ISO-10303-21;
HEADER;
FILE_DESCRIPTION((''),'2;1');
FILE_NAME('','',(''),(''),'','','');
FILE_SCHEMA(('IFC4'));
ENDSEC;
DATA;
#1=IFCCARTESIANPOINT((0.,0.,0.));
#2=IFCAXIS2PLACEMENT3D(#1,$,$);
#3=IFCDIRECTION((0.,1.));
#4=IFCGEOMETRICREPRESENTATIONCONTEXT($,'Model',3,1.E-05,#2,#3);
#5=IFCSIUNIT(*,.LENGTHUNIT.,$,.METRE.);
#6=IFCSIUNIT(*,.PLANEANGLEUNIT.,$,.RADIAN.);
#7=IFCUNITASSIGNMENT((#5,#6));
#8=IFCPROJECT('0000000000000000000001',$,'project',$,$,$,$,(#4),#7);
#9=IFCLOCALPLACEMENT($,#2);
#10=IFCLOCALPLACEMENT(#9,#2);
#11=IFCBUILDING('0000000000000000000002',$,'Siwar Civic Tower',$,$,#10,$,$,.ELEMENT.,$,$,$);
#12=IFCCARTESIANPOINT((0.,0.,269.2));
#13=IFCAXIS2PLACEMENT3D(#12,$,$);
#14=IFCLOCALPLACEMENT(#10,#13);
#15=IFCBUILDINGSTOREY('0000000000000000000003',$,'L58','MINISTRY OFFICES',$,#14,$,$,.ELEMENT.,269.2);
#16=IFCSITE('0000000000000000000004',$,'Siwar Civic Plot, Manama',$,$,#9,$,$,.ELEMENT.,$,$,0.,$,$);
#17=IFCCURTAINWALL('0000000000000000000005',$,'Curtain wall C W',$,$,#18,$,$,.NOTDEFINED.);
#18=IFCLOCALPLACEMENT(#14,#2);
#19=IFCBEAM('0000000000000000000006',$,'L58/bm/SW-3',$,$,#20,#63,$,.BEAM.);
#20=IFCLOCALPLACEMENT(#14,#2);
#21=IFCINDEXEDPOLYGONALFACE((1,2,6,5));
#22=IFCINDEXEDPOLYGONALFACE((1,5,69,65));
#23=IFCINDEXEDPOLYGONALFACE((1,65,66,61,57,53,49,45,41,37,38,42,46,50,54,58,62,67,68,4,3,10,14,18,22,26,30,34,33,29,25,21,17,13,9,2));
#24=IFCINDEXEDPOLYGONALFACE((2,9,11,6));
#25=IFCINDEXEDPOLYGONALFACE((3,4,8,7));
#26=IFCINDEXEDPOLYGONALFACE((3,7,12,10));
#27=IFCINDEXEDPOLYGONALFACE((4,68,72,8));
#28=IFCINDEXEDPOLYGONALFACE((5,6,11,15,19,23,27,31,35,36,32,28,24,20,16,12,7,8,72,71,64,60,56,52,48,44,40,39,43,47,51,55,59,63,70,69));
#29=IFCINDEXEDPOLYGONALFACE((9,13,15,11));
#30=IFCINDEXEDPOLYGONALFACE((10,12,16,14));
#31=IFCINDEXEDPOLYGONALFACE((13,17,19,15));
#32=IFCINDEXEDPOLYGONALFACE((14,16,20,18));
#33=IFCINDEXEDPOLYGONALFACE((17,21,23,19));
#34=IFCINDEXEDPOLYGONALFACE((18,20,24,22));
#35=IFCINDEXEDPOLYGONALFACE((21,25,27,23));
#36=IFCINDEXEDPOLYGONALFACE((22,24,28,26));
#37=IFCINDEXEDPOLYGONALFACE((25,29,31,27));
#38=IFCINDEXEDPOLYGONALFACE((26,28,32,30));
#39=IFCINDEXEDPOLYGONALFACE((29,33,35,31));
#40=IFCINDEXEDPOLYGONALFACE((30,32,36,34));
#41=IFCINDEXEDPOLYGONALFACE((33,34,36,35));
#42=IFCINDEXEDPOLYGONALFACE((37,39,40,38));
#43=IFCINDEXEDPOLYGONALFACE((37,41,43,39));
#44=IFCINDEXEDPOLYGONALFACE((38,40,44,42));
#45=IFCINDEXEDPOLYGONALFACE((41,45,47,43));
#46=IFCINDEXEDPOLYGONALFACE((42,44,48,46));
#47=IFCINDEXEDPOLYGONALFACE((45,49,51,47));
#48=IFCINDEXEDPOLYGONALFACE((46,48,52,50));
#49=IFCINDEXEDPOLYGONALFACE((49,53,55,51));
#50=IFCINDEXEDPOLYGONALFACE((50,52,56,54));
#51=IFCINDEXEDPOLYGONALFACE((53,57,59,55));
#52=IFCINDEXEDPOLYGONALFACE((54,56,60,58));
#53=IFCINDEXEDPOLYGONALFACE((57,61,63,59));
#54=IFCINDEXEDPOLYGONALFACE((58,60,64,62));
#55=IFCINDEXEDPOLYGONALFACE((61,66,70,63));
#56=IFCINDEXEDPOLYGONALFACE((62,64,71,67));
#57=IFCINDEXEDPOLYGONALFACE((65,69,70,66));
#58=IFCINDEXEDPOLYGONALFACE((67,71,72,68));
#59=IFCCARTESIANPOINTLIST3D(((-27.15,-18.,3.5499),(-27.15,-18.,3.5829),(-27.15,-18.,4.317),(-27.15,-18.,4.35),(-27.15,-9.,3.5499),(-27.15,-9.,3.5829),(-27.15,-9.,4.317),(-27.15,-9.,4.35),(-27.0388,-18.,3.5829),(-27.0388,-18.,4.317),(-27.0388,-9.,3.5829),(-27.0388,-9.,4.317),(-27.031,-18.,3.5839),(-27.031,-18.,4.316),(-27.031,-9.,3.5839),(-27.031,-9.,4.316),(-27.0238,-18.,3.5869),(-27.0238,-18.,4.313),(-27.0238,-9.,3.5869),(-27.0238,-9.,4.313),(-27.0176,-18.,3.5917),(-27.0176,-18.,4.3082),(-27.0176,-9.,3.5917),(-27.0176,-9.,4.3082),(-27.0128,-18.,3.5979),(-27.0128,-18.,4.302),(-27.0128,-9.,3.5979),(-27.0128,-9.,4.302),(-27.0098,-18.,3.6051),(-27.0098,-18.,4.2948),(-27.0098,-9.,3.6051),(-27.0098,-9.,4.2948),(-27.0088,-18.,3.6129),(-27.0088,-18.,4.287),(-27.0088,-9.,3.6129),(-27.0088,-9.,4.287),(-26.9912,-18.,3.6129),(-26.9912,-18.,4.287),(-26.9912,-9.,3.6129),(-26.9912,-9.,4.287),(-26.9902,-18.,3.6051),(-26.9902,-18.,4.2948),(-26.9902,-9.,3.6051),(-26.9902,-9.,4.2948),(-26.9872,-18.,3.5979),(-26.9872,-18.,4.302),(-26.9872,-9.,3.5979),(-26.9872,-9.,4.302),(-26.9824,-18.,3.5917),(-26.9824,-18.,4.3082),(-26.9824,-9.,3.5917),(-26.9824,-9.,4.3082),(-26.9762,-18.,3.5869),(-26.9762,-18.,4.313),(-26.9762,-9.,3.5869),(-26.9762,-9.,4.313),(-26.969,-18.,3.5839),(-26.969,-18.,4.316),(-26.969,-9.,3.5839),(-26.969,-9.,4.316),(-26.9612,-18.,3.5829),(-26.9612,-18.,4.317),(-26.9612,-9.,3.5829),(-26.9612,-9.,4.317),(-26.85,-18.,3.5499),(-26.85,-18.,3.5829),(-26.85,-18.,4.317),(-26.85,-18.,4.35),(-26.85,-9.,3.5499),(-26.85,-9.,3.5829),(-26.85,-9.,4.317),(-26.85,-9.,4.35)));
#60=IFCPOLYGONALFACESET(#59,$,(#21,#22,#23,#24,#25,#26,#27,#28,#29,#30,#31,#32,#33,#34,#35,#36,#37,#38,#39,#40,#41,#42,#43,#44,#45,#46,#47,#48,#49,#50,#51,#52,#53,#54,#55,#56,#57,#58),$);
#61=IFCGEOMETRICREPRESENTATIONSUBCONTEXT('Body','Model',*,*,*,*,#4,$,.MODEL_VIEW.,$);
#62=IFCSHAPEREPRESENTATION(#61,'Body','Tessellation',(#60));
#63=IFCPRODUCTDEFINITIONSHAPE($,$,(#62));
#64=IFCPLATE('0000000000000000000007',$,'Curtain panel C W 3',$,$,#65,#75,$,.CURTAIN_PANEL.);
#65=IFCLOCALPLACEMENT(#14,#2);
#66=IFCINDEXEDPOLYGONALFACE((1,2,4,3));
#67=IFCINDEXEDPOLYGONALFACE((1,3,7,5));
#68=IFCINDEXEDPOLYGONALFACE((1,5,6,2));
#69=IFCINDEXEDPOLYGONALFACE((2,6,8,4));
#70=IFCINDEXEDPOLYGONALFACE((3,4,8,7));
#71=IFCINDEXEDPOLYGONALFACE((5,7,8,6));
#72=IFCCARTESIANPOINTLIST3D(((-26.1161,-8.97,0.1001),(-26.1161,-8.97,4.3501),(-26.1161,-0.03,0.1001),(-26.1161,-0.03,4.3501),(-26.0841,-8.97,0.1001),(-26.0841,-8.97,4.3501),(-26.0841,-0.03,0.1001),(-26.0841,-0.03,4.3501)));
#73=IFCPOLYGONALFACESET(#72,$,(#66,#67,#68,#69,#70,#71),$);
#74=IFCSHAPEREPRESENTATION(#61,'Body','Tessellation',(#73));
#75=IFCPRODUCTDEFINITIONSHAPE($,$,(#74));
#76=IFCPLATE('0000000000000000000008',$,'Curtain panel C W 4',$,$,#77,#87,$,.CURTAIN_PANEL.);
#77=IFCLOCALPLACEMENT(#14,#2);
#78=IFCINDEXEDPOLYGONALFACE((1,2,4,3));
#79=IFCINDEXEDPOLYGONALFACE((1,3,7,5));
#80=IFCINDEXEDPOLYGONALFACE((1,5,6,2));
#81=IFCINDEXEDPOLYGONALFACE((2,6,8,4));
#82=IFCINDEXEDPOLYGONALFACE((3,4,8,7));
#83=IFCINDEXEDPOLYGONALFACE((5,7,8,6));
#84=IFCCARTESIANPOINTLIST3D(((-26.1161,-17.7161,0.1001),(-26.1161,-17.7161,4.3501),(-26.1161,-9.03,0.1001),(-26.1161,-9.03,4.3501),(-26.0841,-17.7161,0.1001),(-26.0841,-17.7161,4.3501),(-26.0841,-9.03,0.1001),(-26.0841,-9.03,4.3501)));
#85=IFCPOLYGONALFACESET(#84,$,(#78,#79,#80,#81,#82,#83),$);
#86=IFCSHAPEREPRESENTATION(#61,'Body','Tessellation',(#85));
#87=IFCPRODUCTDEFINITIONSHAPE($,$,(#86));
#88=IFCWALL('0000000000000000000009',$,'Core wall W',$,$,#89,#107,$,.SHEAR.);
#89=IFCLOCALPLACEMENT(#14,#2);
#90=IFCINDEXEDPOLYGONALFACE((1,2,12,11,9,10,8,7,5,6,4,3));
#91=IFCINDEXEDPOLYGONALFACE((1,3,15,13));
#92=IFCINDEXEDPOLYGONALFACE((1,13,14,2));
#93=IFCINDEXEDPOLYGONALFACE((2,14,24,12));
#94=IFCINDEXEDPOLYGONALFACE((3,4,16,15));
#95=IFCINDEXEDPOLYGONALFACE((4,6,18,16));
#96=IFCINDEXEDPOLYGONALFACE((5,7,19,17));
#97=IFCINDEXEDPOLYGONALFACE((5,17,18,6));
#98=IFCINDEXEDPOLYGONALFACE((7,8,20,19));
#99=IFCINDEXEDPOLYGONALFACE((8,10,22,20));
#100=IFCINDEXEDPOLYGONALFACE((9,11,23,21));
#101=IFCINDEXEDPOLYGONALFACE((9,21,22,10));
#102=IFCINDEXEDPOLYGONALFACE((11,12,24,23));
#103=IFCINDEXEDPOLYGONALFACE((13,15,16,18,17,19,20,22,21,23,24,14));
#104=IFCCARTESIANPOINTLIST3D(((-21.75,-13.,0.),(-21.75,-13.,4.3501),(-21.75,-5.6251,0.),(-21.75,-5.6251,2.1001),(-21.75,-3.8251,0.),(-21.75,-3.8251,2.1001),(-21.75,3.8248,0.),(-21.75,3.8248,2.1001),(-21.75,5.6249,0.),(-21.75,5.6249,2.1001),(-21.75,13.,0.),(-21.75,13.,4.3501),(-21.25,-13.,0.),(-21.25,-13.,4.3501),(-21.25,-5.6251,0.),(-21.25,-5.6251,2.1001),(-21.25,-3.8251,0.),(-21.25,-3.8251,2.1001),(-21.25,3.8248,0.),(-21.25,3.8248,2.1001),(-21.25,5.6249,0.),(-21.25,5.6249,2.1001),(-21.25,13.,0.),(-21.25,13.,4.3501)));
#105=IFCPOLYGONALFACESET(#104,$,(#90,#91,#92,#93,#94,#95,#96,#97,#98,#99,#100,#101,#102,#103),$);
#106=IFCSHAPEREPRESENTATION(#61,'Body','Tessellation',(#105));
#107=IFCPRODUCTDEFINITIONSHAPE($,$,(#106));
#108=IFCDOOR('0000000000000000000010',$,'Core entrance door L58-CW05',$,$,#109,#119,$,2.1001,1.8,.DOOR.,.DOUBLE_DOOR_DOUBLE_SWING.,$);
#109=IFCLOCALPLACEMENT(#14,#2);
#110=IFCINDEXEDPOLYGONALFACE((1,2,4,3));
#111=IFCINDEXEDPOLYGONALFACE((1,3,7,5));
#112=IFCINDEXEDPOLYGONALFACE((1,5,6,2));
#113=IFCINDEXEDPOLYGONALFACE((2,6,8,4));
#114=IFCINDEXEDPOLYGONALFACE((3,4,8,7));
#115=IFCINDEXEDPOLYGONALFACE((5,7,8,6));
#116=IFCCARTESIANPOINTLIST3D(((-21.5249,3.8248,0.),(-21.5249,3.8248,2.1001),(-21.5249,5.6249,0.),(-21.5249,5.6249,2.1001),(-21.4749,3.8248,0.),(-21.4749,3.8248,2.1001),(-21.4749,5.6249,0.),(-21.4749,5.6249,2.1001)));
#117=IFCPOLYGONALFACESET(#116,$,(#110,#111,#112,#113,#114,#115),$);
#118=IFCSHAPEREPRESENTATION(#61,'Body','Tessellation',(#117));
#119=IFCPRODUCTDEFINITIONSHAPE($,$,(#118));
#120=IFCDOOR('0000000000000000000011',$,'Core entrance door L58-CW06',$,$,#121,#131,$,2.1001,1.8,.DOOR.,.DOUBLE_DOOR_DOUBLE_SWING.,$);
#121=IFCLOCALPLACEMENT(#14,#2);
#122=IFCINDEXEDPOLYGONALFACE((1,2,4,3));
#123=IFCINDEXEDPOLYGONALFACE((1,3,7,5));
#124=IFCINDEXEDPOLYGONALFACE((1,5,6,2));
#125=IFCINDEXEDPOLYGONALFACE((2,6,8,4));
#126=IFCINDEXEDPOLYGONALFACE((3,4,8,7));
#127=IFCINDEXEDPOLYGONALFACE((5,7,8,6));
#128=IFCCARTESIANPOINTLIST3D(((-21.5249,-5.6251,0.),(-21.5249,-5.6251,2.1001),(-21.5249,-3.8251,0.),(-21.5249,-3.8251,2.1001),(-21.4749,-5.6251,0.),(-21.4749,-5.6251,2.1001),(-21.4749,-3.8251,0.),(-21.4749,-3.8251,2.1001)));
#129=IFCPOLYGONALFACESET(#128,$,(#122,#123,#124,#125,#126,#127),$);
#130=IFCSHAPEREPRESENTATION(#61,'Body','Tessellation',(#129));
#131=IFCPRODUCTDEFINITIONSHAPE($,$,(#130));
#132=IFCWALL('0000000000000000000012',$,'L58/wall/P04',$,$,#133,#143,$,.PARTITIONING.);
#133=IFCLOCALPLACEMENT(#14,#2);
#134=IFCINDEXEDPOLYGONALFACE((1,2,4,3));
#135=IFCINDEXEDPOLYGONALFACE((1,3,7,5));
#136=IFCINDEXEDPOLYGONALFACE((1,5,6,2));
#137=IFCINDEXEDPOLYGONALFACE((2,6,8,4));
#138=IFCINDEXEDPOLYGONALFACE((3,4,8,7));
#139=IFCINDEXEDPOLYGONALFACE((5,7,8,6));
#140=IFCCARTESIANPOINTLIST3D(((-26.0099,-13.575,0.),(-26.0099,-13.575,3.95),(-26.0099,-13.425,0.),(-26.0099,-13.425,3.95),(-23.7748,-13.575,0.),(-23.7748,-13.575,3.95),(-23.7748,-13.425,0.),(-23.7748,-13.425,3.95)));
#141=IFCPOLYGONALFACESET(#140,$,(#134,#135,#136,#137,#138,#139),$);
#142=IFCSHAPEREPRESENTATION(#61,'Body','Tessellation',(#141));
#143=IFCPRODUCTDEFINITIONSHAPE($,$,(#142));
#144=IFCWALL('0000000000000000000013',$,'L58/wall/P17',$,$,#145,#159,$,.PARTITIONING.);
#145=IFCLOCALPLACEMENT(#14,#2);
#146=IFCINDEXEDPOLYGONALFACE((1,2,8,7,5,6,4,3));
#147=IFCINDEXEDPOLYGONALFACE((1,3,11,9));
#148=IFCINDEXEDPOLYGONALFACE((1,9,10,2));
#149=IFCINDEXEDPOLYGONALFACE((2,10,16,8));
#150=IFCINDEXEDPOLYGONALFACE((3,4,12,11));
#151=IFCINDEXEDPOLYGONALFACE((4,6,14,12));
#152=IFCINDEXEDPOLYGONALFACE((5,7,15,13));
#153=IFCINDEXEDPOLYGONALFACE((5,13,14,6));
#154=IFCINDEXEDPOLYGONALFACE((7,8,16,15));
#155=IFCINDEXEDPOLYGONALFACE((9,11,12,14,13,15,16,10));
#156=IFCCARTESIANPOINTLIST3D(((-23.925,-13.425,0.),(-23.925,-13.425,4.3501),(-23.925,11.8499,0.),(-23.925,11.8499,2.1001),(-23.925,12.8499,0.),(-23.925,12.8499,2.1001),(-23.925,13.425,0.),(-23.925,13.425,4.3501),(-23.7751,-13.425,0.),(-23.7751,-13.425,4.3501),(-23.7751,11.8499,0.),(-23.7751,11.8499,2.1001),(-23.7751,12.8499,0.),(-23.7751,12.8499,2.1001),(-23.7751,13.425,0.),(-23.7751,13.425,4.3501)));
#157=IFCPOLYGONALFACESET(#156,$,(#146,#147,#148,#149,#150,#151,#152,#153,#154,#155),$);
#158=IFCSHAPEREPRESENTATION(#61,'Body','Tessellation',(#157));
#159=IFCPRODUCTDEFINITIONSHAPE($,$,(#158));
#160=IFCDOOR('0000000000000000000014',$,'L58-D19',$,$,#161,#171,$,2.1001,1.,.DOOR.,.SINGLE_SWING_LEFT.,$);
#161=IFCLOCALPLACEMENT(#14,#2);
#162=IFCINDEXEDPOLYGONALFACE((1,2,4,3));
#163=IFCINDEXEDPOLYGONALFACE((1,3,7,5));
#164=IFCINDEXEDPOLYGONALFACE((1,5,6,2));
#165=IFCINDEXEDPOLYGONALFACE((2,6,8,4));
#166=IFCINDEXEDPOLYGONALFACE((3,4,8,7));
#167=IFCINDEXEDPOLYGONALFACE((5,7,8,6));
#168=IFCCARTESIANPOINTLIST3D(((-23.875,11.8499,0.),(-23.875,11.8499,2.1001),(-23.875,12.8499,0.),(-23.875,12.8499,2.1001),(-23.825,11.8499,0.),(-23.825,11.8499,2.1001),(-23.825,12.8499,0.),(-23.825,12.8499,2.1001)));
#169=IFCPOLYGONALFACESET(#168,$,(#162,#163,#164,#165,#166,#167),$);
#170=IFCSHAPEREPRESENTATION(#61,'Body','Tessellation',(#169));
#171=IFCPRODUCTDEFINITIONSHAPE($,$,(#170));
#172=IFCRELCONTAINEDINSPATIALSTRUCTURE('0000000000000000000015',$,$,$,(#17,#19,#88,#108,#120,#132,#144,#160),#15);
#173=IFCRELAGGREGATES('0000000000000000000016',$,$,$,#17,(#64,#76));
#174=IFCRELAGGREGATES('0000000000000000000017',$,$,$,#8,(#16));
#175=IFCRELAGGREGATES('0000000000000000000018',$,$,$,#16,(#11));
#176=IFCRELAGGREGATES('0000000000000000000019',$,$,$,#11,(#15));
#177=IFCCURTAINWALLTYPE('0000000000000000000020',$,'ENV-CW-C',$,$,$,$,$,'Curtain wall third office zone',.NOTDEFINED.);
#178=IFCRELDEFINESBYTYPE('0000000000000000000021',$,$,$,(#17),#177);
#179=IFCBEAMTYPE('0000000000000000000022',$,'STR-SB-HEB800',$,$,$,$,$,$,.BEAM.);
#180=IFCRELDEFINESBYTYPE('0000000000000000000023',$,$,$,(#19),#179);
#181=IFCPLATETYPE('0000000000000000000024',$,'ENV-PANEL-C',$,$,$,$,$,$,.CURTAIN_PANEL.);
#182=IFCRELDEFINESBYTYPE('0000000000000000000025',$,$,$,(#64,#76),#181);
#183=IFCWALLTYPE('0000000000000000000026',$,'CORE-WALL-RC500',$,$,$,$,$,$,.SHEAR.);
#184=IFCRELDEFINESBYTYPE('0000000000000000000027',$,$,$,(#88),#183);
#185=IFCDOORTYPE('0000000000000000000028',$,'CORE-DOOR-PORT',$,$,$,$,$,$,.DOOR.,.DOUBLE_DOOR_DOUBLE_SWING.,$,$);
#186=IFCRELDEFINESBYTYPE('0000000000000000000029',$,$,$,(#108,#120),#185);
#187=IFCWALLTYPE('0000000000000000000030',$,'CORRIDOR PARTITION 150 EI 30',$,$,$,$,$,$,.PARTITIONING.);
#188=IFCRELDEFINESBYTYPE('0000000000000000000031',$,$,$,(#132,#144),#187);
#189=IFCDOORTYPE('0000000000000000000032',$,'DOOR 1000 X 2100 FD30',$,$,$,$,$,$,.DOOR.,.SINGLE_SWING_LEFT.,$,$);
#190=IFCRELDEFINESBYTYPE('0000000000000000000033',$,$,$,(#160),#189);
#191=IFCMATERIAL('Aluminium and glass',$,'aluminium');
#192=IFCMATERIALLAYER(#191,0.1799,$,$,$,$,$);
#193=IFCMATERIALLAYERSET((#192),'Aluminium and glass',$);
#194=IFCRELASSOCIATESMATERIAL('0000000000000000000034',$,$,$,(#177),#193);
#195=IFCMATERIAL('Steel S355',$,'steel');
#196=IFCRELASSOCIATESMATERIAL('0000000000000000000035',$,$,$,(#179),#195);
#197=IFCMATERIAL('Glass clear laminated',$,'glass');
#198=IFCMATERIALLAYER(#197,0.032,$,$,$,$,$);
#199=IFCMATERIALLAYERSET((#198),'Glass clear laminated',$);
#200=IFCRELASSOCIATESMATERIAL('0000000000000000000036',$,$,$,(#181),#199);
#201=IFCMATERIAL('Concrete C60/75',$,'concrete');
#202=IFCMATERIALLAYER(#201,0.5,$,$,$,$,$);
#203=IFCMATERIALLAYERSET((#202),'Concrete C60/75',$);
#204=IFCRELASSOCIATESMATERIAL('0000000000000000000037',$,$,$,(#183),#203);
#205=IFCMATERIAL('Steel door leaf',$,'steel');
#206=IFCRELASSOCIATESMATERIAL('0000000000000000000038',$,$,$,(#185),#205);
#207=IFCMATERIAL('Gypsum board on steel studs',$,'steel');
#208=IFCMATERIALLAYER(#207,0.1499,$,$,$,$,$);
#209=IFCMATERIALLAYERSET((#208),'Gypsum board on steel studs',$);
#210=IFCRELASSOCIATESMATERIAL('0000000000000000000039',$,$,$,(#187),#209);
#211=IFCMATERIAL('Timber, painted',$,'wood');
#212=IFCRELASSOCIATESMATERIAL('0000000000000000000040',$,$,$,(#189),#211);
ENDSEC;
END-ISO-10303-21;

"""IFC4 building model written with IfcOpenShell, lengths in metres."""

from ifc_helpers import new_model, si_unit, direction, frame, frame_2d, origin, origin_2d, place, context, subcontext, project, spatial, rectangle, i_section, extrude, material, layer, layer_set, material_profile, profile_set, type_object, element, fill, aggregate, save


model = new_model("IFC4")

# Units and contexts
model_context = context("Model", 3, precision=1e-05, world=origin(), true_north=direction((0.0, 1.0)))
body_context = subcontext(model_context, "Body", "Model", "MODEL_VIEW")
ifc_project = project(units=[si_unit("LENGTHUNIT", "METRE"), si_unit("PLANEANGLEUNIT", "RADIAN")], contexts=[model_context])

# Site, building, storey
site_placement = place(None, origin())
site = spatial("IfcSite", under=ifc_project, at=site_placement, Name="Siwar Civic Plot, Manama", CompositionType="ELEMENT", RefElevation=0.0)
building_placement = place(site_placement, origin())
building = spatial("IfcBuilding", under=site, at=building_placement, Name="Siwar Civic Tower", CompositionType="ELEMENT")
storey_placement = place(building_placement, frame((0.0, 0.0, 269.2)))
storey = spatial("IfcBuildingStorey", under=building, at=storey_placement, Name="L58", Description="MINISTRY OFFICES", CompositionType="ELEMENT", Elevation=269.2)

# Curtain wall
ifc_material_1 = material(Name="Aluminium and glass", Category="aluminium")
ifc_layer_1 = layer(ifc_material_1, 0.1799)
ifc_layer_set_1 = layer_set([ifc_layer_1], Name="Aluminium and glass")
curtain_wall_type = type_object("IfcCurtainWallType", Name="ENV-CW-C", ElementType="Curtain wall third office zone", PredefinedType="NOTDEFINED", material=ifc_layer_set_1)
curtain_wall_placement = place(storey_placement, origin())
curtain_wall = element("IfcCurtainWall", 1, at=curtain_wall_placement, inside=storey, type_object=curtain_wall_type, Name="Curtain wall C W", PredefinedType="NOTDEFINED")

# Beam
ifc_material_2 = material(Name="Steel S355", Category="steel")
ifc_material_profile_1 = material_profile(ifc_material_2, i_section(OverallWidth=0.3, OverallDepth=0.8, WebThickness=0.0176, FlangeThickness=0.033, FilletRadius=0.03, at=origin_2d()), Name="HEB800")
ifc_profile_set_1 = profile_set([ifc_material_profile_1], Name="Steel S355")
beam_type_1 = type_object("IfcBeamType", Name="STR-SB-HEB800", PredefinedType="BEAM", material=ifc_profile_set_1)
beam_1_placement = place(storey_placement, frame((-27.0, -9.0, 3.95), z_axis=(0.0, -1.0, 0.0), x_axis=(1.0, 0.0, 0.0)))
element("IfcBeam", 2, at=beam_1_placement, inside=storey, type_object=beam_type_1, Name="L58/bm/SW-3", PredefinedType="BEAM", context=body_context, shape_type="SweptSolid", body=[
    extrude(i_section(OverallWidth=0.3, OverallDepth=0.8, WebThickness=0.0176, FlangeThickness=0.033, FilletRadius=0.03, at=origin_2d()), origin(), (0.0, 0.0, 1.0), 9.0),
])

# Plates
ifc_material_3 = material(Name="Glass clear laminated", Category="glass")
ifc_layer_2 = layer(ifc_material_3, 0.032)
ifc_layer_set_2 = layer_set([ifc_layer_2], Name="Glass clear laminated")
plate_type = type_object("IfcPlateType", Name="ENV-PANEL-C", PredefinedType="CURTAIN_PANEL", material=ifc_layer_set_2)
plate_1_placement = place(storey_placement, frame((-26.1001, -4.5, 0.1001), z_axis=(0.0, 0.0, 1.0), x_axis=(0.0, -1.0, 0.0)))
plate_1 = element("IfcPlate", 3, at=plate_1_placement, type_object=plate_type, Name="Curtain panel C W 3", PredefinedType="CURTAIN_PANEL", context=body_context, shape_type="SweptSolid", body=[
    extrude(rectangle(XDim=8.9399, YDim=0.032, at=origin_2d()), origin(), (0.0, 0.0, 1.0), 4.25),
])
plate_2_placement = place(storey_placement, frame((-26.1001, -13.373, 0.1001), z_axis=(0.0, 0.0, 1.0), x_axis=(0.0, -1.0, 0.0)))
plate_2 = element("IfcPlate", 4, at=plate_2_placement, type_object=plate_type, Name="Curtain panel C W 4", PredefinedType="CURTAIN_PANEL", context=body_context, shape_type="SweptSolid", body=[
    extrude(rectangle(XDim=8.686, YDim=0.032, at=origin_2d()), origin(), (0.0, 0.0, 1.0), 4.25),
])
aggregate(curtain_wall, [plate_1, plate_2])

# Wall, openings, doors
ifc_material_4 = material(Name="Concrete C60/75", Category="concrete")
ifc_layer_3 = layer(ifc_material_4, 0.5)
ifc_layer_set_3 = layer_set([ifc_layer_3], Name="Concrete C60/75")
wall_type_1 = type_object("IfcWallType", Name="CORE-WALL-RC500", PredefinedType="SHEAR", material=ifc_layer_set_3)
wall_1_placement = place(storey_placement, frame((-21.5, -13.0, 0.0), z_axis=(0.0, 0.0, 1.0), x_axis=(0.0, 1.0, 0.0)))
wall_1 = element("IfcWall", 5, at=wall_1_placement, inside=storey, type_object=wall_type_1, Name="Core wall W", PredefinedType="SHEAR", context=body_context, shape_type="SweptSolid", body=[
    extrude(rectangle(XDim=26.0, YDim=0.5, at=frame_2d((13.0, 0.0))), origin(), (0.0, 0.0, 1.0), 4.3501),
])
opening_1_placement = place(wall_1_placement, frame((16.825, 0.0, 0.0)))
opening_1 = element("IfcOpeningElement", 6, at=opening_1_placement, cuts=wall_1, PredefinedType="OPENING", context=body_context, shape_type="SweptSolid", body=[
    extrude(rectangle(XDim=1.8, YDim=2.1001, at=frame_2d((0.8999, 1.05))), frame((0.0, 0.26, 0.0), z_axis=(0.0, -1.0, 0.0), x_axis=(1.0, 0.0, 0.0)), (0.0, 0.0, 1.0), 0.52),
])
opening_2_placement = place(wall_1_placement, frame((7.375, 0.0, 0.0)))
opening_2 = element("IfcOpeningElement", 7, at=opening_2_placement, cuts=wall_1, PredefinedType="OPENING", context=body_context, shape_type="SweptSolid", body=[
    extrude(rectangle(XDim=1.8, YDim=2.1001, at=frame_2d((0.8999, 1.05))), frame((0.0, 0.26, 0.0), z_axis=(0.0, -1.0, 0.0), x_axis=(1.0, 0.0, 0.0)), (0.0, 0.0, 1.0), 0.52),
])
ifc_material_5 = material(Name="Steel door leaf", Category="steel")
door_type_1 = type_object("IfcDoorType", Name="CORE-DOOR-PORT", OperationType="DOUBLE_DOOR_DOUBLE_SWING", PredefinedType="DOOR", material=ifc_material_5)
door_1_placement = place(opening_1_placement, origin())
door_1 = element("IfcDoor", 8, at=door_1_placement, inside=storey, type_object=door_type_1, Name="Core entrance door L58-CW05", OperationType="DOUBLE_DOOR_DOUBLE_SWING", OverallHeight=2.1001, OverallWidth=1.8, PredefinedType="DOOR", context=body_context, shape_type="SweptSolid", body=[
    extrude(rectangle(XDim=1.8, YDim=2.1001, at=frame_2d((0.8999, 1.05))), frame((0.0, 0.0249, 0.0), z_axis=(0.0, -1.0, 0.0), x_axis=(1.0, 0.0, 0.0)), (0.0, 0.0, 1.0), 0.05),
])
fill(opening_1, door_1)
door_2_placement = place(opening_2_placement, origin())
door_2 = element("IfcDoor", 9, at=door_2_placement, inside=storey, type_object=door_type_1, Name="Core entrance door L58-CW06", OperationType="DOUBLE_DOOR_DOUBLE_SWING", OverallHeight=2.1001, OverallWidth=1.8, PredefinedType="DOOR", context=body_context, shape_type="SweptSolid", body=[
    extrude(rectangle(XDim=1.8, YDim=2.1001, at=frame_2d((0.8999, 1.05))), frame((0.0, 0.0249, 0.0), z_axis=(0.0, -1.0, 0.0), x_axis=(1.0, 0.0, 0.0)), (0.0, 0.0, 1.0), 0.05),
])
fill(opening_2, door_2)

# Wall
ifc_material_6 = material(Name="Gypsum board on steel studs", Category="steel")
ifc_layer_4 = layer(ifc_material_6, 0.1499)
ifc_layer_set_4 = layer_set([ifc_layer_4], Name="Gypsum board on steel studs")
wall_type_2 = type_object("IfcWallType", Name="CORRIDOR PARTITION 150 EI 30", PredefinedType="PARTITIONING", material=ifc_layer_set_4)
wall_2_placement = place(storey_placement, frame((-26.01, -13.5, 0.0), z_axis=(0.0, 0.0, 1.0), x_axis=(1.0, 0.0, 0.0)))
element("IfcWall", 10, at=wall_2_placement, inside=storey, type_object=wall_type_2, Name="L58/wall/P04", PredefinedType="PARTITIONING", context=body_context, shape_type="SweptSolid", body=[
    extrude(rectangle(XDim=2.2351, YDim=0.1499, at=frame_2d((1.1177, 0.0))), origin(), (0.0, 0.0, 1.0), 3.95),
])

# Wall, opening, door
wall_3_placement = place(storey_placement, frame((-23.8501, -13.425, 0.0), z_axis=(0.0, 0.0, 1.0), x_axis=(0.0, 1.0, 0.0)))
wall_3 = element("IfcWall", 11, at=wall_3_placement, inside=storey, type_object=wall_type_2, Name="L58/wall/P17", PredefinedType="PARTITIONING", context=body_context, shape_type="SweptSolid", body=[
    extrude(rectangle(XDim=26.8501, YDim=0.1499, at=frame_2d((13.425, 0.0))), origin(), (0.0, 0.0, 1.0), 4.3501),
])
opening_3_placement = place(wall_3_placement, frame((25.2749, 0.0, 0.0)))
opening_3 = element("IfcOpeningElement", 12, at=opening_3_placement, cuts=wall_3, PredefinedType="OPENING", context=body_context, shape_type="SweptSolid", body=[
    extrude(rectangle(XDim=1.0, YDim=2.1001, at=frame_2d((0.5, 1.05))), frame((0.0, 0.085, 0.0), z_axis=(0.0, -1.0, 0.0), x_axis=(1.0, 0.0, 0.0)), (0.0, 0.0, 1.0), 0.1699),
])
ifc_material_7 = material(Name="Timber, painted", Category="wood")
door_type_2 = type_object("IfcDoorType", Name="DOOR 1000 X 2100 FD30", OperationType="SINGLE_SWING_LEFT", PredefinedType="DOOR", material=ifc_material_7)
door_3_placement = place(opening_3_placement, origin())
door_3 = element("IfcDoor", 13, at=door_3_placement, inside=storey, type_object=door_type_2, Name="L58-D19", OperationType="SINGLE_SWING_LEFT", OverallHeight=2.1001, OverallWidth=1.0, PredefinedType="DOOR", context=body_context, shape_type="SweptSolid", body=[
    extrude(rectangle(XDim=1.0, YDim=2.1001, at=frame_2d((0.5, 1.05))), frame((0.0, 0.0249, 0.0), z_axis=(0.0, -1.0, 0.0), x_axis=(1.0, 0.0, 0.0)), (0.0, 0.0, 1.0), 0.05),
])
fill(opening_3, door_3)

save(model, "model.ifc")
